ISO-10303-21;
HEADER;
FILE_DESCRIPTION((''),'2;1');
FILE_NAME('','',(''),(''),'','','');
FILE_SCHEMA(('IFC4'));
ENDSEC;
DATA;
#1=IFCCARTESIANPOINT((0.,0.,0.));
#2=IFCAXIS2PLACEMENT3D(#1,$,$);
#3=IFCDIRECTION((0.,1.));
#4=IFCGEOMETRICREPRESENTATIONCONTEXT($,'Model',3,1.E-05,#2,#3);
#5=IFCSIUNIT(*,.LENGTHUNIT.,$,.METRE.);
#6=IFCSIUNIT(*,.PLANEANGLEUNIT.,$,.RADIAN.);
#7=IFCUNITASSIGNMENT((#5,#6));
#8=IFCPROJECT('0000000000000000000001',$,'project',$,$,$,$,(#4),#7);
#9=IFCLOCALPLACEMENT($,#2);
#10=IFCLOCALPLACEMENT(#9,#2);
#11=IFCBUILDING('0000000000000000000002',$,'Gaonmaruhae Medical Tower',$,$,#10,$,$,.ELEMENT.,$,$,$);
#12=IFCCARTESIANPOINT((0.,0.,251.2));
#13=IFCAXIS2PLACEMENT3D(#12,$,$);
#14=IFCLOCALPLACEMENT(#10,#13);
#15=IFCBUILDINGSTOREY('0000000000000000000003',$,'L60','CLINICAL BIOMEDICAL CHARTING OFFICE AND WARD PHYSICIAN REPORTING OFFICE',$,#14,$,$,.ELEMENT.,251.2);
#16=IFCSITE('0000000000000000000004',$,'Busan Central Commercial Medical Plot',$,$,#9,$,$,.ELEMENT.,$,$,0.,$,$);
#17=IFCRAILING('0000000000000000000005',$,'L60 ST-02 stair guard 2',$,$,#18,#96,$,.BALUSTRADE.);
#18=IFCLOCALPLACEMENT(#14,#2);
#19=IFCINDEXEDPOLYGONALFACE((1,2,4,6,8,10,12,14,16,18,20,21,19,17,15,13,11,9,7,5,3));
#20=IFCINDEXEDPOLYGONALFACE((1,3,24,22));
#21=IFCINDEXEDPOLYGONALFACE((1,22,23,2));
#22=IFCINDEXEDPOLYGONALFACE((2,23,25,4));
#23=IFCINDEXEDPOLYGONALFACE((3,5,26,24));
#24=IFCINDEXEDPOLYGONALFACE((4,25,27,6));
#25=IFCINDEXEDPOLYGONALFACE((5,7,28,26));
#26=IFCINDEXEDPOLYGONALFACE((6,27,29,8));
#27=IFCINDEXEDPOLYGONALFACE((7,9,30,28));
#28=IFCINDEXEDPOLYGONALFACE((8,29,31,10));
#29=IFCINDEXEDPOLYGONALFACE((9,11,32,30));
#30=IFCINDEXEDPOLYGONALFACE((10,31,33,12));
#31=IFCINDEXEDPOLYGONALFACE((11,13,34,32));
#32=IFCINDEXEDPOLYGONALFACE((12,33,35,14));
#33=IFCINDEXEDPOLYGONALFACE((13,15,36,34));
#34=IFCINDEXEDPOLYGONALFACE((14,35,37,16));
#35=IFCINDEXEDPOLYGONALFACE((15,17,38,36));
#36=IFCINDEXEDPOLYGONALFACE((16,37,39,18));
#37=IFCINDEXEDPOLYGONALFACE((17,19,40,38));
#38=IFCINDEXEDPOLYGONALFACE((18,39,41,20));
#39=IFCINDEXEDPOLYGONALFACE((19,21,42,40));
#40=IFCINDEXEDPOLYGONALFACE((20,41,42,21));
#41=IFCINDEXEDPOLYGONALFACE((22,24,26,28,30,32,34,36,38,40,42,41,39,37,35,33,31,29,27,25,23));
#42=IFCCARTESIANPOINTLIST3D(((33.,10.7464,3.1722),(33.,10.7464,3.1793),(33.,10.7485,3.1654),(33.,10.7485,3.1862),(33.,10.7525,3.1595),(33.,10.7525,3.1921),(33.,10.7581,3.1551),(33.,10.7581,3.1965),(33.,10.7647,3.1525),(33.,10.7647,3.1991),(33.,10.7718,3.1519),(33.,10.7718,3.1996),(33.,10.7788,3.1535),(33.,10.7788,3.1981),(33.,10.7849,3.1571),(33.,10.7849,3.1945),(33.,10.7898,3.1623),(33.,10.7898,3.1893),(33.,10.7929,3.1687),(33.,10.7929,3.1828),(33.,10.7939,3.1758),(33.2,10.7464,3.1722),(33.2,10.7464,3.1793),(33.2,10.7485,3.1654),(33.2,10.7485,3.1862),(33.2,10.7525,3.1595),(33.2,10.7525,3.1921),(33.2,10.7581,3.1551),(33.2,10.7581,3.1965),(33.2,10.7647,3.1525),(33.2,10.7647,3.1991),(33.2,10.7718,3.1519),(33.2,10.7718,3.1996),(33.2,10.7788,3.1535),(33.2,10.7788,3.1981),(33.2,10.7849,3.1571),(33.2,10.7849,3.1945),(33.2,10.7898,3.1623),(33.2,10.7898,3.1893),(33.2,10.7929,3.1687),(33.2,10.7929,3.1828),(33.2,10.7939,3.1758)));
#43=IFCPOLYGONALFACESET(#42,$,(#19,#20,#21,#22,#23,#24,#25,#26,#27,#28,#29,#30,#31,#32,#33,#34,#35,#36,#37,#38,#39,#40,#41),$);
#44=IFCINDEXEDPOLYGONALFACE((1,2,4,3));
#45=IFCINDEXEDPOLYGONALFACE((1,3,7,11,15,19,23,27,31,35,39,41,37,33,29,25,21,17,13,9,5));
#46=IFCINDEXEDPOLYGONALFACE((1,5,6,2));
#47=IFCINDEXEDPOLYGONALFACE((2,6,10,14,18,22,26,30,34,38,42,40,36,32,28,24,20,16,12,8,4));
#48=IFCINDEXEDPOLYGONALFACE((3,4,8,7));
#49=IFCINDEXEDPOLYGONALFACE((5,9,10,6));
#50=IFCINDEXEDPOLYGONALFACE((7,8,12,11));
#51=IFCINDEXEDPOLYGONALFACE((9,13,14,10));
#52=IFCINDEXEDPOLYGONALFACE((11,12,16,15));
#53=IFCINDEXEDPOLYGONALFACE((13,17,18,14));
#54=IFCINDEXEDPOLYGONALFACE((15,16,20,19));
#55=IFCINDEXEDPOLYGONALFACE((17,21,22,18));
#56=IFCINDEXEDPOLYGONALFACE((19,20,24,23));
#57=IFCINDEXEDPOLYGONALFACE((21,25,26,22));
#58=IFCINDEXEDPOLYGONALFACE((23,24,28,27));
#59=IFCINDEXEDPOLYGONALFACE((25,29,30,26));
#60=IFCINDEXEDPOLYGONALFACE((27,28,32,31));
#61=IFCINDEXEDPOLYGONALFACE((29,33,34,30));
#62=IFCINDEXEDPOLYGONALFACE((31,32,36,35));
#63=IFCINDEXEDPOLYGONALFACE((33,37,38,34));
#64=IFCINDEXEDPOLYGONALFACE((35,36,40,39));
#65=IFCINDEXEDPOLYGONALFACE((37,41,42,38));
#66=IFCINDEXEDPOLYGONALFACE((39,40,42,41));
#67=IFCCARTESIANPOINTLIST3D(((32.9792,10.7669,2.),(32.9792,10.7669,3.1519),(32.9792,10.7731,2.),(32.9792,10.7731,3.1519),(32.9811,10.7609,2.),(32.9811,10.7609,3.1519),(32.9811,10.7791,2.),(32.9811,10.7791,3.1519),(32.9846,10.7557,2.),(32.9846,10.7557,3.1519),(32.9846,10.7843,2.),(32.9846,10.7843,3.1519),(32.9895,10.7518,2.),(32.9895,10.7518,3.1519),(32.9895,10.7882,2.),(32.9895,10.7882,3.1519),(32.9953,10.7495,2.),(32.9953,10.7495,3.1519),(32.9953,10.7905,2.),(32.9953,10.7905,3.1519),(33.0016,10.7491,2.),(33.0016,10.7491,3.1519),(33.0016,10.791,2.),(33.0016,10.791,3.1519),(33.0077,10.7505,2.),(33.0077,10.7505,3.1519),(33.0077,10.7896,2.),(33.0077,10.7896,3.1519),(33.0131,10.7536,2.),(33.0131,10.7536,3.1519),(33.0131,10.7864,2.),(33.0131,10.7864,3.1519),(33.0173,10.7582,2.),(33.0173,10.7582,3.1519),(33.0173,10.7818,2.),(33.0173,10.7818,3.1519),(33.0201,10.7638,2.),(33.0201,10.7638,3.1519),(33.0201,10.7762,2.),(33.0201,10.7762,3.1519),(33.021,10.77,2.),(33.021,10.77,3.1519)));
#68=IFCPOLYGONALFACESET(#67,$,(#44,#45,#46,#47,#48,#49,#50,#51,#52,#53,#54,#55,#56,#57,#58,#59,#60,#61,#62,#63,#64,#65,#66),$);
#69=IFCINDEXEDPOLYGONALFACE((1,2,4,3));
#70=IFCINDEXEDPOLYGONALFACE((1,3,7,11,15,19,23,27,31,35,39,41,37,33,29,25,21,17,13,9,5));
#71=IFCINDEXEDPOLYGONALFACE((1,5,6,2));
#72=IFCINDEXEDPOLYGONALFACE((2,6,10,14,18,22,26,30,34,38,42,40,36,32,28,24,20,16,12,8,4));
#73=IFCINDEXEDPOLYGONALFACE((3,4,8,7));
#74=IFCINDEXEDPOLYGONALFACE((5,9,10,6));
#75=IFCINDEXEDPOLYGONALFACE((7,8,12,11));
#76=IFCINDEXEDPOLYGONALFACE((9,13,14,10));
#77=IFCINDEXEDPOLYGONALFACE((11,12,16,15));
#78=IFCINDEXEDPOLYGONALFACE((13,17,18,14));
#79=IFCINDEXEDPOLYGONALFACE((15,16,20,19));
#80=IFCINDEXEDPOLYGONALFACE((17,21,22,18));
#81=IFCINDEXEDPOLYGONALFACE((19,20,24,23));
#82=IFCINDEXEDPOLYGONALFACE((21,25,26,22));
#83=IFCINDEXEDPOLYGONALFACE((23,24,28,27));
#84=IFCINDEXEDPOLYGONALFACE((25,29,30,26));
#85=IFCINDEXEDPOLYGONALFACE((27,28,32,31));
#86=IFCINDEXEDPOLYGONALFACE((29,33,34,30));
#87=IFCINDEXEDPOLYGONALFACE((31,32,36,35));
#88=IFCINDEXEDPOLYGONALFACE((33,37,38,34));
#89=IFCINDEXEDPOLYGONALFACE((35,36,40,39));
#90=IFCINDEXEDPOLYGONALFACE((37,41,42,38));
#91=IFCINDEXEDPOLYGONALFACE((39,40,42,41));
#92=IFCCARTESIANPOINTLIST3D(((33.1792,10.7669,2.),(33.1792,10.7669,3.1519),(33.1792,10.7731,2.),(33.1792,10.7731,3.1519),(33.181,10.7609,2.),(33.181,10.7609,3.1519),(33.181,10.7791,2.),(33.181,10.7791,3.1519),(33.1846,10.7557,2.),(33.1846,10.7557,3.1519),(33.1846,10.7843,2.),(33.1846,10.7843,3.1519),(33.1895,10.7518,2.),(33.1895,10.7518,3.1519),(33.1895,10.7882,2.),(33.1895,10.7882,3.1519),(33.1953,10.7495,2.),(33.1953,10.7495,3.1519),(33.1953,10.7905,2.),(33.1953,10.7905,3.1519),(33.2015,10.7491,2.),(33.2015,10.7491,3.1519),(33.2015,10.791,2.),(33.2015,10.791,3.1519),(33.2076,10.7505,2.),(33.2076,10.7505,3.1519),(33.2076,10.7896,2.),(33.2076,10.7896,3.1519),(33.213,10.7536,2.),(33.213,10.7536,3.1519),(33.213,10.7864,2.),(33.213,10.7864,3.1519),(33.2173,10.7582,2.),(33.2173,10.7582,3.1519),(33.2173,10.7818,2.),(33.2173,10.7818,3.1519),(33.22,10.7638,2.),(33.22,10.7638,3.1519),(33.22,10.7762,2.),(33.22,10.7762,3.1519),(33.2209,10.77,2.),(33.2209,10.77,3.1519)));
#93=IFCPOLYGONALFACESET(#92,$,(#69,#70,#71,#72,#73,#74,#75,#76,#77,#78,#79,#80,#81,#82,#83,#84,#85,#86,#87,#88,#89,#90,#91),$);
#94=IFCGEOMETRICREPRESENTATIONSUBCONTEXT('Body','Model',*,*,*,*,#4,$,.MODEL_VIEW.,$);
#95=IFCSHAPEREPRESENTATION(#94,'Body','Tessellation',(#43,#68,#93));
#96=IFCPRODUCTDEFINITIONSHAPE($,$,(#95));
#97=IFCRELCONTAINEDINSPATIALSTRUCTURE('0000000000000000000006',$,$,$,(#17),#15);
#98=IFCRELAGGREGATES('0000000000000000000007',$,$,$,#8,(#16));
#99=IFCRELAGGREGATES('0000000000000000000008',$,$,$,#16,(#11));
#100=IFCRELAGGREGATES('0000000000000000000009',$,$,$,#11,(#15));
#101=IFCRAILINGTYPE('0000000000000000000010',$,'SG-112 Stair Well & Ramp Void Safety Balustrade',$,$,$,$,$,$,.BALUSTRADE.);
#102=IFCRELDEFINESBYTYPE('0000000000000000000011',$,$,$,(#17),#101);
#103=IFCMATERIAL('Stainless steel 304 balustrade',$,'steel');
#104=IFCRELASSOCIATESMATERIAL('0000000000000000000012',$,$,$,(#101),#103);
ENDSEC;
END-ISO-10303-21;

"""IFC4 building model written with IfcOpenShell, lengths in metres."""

from ifc_helpers import new_model, si_unit, direction, frame, origin, origin_2d, place, context, subcontext, project, spatial, circle, extrude, material, type_object, element, save


model = new_model("IFC4")

# Units and contexts
model_context = context("Model", 3, precision=1e-05, world=origin(), true_north=direction((0.0, 1.0)))
body_context = subcontext(model_context, "Body", "Model", "MODEL_VIEW")
ifc_project = project(units=[si_unit("LENGTHUNIT", "METRE"), si_unit("PLANEANGLEUNIT", "RADIAN")], contexts=[model_context])

# Site, building, storey
site_placement = place(None, origin())
site = spatial("IfcSite", under=ifc_project, at=site_placement, Name="Busan Central Commercial Medical Plot", CompositionType="ELEMENT", RefElevation=0.0)
building_placement = place(site_placement, origin())
building = spatial("IfcBuilding", under=site, at=building_placement, Name="Gaonmaruhae Medical Tower", CompositionType="ELEMENT")
storey_placement = place(building_placement, frame((0.0, 0.0, 251.2)))
storey = spatial("IfcBuildingStorey", under=building, at=storey_placement, Name="L60", Description="CLINICAL BIOMEDICAL CHARTING OFFICE AND WARD PHYSICIAN REPORTING OFFICE", CompositionType="ELEMENT", Elevation=251.2)

# Railing
ifc_material_1 = material(Name="Stainless steel 304 balustrade", Category="steel")
railing_type_1 = type_object("IfcRailingType", Name="SG-112 Stair Well & Ramp Void Safety Balustrade", PredefinedType="BALUSTRADE", material=ifc_material_1)
railing_1_placement = place(storey_placement, frame((33.0, 10.77, 2.0)))
element("IfcRailing", 1, at=railing_1_placement, inside=storey, type_object=railing_type_1, Name="L60 ST-02 stair guard 2", PredefinedType="BALUSTRADE", context=body_context, shape_type="SweptSolid", body=[
    extrude(circle(Radius=0.0239, at=origin_2d()), frame((0.0, 0.0, 1.1758), z_axis=(1.0, 0.0, 0.0), x_axis=(0.0, 1.0, 0.0)), (0.0, 0.0, 1.0), 0.2),
    extrude(circle(Radius=0.021, at=origin_2d()), origin(), (0.0, 0.0, 1.0), 1.1519),
    extrude(circle(Radius=0.021, at=origin_2d()), frame((0.2, 0.0, 0.0)), (0.0, 0.0, 1.0), 1.1519),
])

save(model, "model.ifc")
